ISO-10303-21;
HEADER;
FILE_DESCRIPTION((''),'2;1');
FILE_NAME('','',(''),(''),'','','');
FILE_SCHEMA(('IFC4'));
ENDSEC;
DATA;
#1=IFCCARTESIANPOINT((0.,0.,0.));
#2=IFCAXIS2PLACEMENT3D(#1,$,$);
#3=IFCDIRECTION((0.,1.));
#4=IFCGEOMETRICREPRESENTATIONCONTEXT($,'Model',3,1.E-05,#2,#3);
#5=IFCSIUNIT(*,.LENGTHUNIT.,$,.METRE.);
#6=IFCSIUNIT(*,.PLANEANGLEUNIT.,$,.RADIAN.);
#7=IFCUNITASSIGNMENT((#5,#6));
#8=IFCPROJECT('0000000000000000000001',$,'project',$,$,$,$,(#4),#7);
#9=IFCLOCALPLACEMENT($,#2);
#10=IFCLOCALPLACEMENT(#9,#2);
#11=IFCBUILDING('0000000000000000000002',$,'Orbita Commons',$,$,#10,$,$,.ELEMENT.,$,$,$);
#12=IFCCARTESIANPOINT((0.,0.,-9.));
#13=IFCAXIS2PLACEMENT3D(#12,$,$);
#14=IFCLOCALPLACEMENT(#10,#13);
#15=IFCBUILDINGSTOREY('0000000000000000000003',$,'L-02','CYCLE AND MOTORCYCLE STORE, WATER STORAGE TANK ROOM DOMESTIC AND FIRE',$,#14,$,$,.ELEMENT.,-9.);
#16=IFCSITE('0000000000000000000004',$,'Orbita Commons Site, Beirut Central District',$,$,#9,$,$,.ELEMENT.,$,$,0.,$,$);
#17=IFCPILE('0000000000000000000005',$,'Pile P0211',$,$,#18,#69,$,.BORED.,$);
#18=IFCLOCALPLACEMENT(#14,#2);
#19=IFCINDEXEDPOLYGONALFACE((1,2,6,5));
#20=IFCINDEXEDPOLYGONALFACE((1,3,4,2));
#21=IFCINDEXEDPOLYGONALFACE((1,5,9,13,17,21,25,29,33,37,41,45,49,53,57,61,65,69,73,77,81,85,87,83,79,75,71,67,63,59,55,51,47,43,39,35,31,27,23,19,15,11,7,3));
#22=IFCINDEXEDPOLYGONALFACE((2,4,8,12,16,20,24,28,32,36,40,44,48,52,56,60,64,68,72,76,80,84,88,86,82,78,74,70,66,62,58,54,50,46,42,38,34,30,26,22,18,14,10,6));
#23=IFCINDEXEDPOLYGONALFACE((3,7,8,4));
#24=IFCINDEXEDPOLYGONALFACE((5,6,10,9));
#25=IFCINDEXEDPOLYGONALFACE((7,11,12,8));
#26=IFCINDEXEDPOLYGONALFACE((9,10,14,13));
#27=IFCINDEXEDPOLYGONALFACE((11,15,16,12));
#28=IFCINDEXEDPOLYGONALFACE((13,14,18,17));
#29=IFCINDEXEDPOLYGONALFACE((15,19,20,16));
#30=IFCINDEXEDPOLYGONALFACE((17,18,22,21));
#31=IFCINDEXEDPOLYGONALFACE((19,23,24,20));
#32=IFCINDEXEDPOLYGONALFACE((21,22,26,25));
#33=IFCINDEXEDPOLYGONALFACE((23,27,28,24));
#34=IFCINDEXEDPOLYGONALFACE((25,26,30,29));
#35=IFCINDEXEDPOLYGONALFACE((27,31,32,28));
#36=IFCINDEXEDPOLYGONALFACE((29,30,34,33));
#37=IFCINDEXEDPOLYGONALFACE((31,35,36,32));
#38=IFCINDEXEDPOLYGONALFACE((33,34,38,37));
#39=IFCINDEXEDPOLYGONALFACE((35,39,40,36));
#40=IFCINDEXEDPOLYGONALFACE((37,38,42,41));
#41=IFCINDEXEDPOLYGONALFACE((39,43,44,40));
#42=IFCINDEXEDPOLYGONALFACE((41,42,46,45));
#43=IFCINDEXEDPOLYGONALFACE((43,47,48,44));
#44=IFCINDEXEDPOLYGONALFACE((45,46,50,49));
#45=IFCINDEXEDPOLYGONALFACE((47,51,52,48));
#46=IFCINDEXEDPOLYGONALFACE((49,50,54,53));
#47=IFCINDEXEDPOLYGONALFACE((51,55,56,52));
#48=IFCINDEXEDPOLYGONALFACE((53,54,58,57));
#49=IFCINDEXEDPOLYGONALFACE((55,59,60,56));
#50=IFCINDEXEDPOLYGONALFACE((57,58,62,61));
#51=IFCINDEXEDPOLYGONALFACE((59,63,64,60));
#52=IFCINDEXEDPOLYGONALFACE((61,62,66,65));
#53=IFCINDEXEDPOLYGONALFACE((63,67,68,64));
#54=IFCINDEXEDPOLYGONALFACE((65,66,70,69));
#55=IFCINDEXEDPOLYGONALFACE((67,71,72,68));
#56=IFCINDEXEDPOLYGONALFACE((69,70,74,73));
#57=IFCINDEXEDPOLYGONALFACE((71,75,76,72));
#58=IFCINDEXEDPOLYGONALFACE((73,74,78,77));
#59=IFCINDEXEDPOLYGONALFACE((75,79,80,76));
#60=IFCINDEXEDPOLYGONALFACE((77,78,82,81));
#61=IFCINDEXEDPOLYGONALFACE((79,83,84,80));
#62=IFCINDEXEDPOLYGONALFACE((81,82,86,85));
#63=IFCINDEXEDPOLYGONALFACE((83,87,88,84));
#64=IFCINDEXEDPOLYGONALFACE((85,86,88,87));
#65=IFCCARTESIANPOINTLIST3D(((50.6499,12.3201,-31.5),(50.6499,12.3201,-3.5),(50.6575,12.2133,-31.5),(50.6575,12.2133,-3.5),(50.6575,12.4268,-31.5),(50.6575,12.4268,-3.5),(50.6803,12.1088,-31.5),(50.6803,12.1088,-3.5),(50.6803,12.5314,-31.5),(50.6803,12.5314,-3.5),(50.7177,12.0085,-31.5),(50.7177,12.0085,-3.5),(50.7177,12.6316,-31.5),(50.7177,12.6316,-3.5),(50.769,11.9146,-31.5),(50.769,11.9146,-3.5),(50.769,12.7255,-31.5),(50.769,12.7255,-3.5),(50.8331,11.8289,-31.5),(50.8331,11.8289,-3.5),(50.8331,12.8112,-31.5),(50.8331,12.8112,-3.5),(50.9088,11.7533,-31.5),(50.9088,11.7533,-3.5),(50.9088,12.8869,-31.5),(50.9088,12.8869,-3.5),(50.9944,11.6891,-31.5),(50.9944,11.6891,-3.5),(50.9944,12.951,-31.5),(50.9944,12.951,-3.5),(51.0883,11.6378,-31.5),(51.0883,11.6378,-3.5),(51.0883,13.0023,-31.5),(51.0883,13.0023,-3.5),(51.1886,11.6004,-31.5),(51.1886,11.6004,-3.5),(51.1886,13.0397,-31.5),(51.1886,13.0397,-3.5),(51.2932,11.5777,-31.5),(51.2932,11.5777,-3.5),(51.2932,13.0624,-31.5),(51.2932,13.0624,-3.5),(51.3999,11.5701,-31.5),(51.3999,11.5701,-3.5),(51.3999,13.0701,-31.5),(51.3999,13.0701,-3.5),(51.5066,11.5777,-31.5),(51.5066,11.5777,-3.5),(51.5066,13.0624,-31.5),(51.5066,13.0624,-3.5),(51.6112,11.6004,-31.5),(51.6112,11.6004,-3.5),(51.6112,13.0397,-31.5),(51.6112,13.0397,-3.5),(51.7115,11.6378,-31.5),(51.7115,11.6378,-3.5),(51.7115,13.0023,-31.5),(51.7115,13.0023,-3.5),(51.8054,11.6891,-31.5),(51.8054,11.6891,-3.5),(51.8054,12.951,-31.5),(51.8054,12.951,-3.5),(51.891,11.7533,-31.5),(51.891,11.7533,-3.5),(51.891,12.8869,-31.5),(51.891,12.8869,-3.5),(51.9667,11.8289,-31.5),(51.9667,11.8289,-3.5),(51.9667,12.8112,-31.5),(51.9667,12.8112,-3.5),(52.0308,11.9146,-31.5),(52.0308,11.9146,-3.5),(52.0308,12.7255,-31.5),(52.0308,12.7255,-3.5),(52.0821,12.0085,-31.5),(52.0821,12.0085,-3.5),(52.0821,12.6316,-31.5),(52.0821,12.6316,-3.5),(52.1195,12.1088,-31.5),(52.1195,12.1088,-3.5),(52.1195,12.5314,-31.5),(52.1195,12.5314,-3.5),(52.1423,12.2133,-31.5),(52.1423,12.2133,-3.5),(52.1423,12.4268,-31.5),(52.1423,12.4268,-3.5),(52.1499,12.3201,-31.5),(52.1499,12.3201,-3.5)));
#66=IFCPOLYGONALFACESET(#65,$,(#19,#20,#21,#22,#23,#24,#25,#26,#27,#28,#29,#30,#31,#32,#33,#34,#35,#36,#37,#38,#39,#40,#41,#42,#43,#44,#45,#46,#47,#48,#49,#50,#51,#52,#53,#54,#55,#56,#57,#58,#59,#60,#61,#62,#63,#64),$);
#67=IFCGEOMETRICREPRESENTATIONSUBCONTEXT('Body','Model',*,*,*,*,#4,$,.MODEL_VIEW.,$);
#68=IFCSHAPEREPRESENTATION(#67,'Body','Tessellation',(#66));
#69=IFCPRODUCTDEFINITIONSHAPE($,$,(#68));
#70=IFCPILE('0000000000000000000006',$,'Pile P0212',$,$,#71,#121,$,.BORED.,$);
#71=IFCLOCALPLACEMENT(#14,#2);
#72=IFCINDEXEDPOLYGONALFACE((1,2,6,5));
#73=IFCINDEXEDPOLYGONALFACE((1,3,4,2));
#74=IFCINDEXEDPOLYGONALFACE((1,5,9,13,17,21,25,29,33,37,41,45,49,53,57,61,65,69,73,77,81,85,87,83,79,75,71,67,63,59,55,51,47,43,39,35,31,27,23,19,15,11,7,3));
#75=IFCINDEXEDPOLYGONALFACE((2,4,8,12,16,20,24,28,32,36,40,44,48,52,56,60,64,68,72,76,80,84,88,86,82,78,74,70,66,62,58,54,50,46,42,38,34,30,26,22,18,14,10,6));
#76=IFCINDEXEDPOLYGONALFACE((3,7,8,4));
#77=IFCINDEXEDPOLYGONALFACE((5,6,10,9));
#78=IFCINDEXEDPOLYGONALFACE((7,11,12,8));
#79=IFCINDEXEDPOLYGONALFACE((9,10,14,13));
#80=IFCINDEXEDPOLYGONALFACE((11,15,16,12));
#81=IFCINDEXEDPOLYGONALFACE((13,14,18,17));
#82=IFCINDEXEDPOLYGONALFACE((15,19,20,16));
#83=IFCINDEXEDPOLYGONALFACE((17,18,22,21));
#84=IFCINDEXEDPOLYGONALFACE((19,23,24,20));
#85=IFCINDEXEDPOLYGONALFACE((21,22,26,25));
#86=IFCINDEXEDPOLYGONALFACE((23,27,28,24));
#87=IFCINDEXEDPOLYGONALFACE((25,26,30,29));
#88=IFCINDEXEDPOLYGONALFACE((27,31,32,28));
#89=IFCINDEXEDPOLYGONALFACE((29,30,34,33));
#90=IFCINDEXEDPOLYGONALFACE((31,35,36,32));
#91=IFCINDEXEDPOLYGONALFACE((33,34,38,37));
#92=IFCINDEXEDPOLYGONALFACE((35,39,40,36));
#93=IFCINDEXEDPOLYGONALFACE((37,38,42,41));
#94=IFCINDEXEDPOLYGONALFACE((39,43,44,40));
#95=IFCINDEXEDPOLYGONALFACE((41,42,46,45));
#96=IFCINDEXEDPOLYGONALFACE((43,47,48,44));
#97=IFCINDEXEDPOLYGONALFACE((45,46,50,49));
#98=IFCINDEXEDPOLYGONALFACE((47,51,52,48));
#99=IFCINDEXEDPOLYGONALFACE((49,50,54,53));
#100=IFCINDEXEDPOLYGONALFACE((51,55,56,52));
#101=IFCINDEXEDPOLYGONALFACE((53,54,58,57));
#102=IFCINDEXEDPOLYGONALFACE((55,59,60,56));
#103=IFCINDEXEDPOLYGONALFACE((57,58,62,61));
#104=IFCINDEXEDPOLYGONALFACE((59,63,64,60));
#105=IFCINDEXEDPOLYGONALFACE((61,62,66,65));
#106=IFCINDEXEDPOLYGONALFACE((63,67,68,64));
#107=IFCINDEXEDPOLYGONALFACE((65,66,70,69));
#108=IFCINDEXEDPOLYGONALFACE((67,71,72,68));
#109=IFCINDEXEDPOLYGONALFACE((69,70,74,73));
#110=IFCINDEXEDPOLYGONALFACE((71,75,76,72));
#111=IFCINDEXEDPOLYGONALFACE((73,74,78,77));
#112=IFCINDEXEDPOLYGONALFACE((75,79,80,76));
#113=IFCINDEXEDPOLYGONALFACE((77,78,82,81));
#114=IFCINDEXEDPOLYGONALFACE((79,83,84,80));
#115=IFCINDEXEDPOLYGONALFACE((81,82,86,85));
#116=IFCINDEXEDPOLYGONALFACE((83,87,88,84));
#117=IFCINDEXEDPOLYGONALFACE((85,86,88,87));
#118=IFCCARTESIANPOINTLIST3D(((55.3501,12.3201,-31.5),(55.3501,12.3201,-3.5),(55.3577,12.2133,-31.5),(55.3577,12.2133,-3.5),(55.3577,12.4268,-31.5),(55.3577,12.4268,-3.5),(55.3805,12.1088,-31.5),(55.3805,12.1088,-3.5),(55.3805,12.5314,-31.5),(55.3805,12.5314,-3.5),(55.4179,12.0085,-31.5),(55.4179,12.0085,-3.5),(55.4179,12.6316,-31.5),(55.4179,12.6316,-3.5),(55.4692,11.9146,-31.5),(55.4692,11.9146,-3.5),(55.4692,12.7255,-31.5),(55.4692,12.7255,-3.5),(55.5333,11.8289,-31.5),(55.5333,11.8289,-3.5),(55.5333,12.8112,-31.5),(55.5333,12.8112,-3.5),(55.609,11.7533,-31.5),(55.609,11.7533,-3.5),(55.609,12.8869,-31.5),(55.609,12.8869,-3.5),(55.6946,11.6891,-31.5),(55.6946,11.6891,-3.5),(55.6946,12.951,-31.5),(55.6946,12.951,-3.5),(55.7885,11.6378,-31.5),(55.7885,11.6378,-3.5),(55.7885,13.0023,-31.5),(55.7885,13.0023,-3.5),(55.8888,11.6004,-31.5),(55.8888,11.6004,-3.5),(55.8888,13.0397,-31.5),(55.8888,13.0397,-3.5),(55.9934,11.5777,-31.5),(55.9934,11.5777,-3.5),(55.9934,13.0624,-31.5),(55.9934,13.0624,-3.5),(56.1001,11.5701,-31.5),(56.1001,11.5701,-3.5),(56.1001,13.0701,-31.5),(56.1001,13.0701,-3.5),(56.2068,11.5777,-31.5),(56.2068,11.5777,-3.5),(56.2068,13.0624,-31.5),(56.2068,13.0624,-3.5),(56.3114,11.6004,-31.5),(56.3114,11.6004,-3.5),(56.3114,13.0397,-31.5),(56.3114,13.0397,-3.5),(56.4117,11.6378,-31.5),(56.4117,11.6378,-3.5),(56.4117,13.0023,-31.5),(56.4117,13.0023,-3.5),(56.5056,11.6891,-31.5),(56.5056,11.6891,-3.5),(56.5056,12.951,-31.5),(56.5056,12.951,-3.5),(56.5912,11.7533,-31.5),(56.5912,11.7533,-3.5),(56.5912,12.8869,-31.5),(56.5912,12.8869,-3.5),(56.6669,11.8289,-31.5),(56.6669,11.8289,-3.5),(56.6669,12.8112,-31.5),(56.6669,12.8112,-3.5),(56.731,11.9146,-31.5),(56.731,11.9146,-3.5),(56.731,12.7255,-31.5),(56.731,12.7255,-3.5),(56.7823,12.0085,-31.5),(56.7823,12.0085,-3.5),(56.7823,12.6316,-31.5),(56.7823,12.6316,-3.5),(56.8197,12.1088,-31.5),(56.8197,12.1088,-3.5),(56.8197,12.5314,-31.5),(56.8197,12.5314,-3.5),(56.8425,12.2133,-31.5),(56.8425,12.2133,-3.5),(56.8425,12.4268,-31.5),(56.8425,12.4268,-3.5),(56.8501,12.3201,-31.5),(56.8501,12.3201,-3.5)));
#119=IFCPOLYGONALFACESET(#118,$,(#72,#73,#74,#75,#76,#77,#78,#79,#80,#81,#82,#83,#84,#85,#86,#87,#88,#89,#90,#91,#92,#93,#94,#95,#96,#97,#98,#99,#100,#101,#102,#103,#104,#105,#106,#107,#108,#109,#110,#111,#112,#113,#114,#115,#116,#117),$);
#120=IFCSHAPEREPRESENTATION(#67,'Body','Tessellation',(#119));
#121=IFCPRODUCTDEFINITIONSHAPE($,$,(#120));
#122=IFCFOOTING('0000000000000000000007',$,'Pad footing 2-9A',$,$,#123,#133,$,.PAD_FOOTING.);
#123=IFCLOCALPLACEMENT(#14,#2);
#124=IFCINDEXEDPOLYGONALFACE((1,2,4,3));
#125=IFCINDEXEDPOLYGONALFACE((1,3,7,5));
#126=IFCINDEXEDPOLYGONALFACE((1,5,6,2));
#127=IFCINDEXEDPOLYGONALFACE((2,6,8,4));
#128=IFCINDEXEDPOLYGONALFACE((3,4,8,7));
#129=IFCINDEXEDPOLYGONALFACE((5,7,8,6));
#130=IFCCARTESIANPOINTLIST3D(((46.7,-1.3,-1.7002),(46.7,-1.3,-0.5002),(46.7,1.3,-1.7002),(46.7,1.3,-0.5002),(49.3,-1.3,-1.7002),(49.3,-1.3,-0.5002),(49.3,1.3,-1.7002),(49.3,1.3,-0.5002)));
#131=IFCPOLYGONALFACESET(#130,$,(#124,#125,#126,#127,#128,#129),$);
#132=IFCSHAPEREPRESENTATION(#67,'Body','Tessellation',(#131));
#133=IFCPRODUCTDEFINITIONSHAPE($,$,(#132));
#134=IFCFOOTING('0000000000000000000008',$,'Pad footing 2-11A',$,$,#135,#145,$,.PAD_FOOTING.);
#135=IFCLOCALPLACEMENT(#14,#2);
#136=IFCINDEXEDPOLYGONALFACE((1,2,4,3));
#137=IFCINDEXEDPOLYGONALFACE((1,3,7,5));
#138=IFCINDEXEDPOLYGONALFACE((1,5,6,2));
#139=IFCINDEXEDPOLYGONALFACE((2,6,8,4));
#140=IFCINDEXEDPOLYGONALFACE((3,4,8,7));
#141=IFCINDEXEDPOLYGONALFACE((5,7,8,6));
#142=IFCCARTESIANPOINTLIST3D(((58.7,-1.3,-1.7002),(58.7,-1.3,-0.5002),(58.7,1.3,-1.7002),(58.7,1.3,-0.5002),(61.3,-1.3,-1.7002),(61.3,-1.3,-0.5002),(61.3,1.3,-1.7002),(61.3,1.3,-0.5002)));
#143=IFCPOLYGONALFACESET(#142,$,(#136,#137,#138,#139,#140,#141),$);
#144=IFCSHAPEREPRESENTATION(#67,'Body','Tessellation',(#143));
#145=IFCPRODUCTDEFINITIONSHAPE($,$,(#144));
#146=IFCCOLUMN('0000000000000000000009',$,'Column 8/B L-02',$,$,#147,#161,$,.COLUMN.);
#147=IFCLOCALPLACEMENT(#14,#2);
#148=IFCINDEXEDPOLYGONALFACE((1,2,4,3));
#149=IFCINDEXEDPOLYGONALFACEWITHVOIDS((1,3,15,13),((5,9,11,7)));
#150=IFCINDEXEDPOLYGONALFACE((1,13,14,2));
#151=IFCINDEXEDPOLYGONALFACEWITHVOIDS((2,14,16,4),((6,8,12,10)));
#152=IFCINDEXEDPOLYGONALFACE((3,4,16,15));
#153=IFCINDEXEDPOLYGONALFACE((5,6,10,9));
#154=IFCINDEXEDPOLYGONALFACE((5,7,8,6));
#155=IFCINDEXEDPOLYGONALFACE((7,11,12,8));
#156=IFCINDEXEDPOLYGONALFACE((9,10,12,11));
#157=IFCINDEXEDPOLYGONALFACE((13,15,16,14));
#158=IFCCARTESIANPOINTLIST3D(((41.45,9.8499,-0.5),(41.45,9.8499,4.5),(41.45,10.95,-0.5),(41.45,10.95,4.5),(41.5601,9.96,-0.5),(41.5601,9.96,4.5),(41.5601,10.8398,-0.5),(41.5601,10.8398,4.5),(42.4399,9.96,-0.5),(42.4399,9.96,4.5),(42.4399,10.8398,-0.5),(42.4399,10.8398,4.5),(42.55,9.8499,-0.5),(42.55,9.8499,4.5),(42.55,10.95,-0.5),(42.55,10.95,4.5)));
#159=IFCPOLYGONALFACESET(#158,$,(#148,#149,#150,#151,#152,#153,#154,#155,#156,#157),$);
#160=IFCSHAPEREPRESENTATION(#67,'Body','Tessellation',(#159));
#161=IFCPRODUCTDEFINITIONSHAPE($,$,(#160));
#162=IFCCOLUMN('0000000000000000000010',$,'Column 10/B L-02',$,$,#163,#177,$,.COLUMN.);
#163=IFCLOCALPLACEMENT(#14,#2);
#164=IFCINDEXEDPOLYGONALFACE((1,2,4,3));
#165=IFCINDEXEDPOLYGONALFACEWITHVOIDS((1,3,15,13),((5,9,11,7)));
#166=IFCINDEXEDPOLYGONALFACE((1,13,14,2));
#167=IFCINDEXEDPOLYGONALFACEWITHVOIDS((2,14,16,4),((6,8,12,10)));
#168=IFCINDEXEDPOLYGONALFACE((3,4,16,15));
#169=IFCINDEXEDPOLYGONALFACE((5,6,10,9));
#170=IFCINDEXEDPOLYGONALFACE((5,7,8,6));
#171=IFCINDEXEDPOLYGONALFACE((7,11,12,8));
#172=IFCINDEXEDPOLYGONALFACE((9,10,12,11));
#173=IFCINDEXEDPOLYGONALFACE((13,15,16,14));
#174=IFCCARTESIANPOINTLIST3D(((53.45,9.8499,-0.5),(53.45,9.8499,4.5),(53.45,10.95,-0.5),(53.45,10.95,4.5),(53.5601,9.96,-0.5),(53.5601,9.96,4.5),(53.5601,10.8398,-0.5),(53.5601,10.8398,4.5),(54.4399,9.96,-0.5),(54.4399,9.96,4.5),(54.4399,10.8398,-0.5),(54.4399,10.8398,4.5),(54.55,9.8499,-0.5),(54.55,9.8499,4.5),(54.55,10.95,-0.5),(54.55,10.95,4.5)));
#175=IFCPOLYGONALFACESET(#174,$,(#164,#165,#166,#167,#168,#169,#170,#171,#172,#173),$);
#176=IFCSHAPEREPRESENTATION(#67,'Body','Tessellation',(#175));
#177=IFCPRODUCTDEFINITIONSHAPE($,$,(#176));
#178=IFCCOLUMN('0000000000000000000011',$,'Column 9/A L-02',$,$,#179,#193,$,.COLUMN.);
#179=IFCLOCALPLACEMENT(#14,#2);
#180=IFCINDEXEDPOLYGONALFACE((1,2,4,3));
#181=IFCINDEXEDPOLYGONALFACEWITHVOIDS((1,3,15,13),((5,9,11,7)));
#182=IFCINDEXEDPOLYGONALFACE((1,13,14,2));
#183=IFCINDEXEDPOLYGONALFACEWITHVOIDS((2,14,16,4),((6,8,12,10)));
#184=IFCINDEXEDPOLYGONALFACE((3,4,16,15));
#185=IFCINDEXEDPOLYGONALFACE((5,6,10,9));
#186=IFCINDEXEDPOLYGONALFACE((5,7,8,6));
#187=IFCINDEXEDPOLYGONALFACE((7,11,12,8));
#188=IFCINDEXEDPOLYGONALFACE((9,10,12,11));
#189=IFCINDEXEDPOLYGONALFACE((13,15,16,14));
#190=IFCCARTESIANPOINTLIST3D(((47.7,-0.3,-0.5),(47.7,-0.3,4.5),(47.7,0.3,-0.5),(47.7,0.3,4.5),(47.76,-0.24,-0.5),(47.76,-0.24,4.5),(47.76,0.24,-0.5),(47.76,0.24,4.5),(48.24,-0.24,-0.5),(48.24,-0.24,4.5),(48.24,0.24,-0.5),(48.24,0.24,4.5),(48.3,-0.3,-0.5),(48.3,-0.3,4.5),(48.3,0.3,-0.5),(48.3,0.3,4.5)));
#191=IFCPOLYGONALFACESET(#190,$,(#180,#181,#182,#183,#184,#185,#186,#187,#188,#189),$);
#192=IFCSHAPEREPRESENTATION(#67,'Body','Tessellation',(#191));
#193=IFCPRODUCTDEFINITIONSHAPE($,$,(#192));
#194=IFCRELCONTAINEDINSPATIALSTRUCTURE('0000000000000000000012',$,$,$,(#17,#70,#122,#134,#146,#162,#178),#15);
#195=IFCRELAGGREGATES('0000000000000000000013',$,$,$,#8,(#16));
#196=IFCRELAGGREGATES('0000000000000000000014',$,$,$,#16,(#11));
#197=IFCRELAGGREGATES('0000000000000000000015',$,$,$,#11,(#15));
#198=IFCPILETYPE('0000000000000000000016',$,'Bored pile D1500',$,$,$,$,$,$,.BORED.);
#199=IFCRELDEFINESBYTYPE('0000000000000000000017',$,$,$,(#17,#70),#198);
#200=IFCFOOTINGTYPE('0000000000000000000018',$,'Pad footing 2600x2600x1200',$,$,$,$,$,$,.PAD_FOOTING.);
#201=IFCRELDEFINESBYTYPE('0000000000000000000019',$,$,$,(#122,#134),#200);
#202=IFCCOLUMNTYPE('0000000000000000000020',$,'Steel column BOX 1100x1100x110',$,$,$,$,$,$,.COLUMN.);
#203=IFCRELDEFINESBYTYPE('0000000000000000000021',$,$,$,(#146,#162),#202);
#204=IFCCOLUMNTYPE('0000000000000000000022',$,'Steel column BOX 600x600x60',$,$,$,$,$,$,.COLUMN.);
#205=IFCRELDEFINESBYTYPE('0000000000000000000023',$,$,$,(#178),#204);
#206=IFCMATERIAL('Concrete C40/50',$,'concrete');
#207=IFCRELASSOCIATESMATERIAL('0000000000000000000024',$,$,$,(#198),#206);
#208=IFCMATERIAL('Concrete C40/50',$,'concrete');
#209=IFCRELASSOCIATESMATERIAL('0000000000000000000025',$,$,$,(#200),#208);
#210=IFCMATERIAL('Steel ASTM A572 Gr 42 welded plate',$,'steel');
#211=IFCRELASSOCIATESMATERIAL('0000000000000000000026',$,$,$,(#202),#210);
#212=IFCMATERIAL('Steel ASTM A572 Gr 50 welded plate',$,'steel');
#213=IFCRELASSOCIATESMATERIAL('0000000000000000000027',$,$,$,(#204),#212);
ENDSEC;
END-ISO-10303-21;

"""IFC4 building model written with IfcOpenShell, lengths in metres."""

from ifc_helpers import new_model, si_unit, direction, frame, origin, origin_2d, place, context, subcontext, project, spatial, rectangle, hollow_rectangle, circle, extrude, material, material_profile, profile_set, type_object, element, save


model = new_model("IFC4")

# Units and contexts
model_context = context("Model", 3, precision=1e-05, world=origin(), true_north=direction((0.0, 1.0)))
body_context = subcontext(model_context, "Body", "Model", "MODEL_VIEW")
ifc_project = project(units=[si_unit("LENGTHUNIT", "METRE"), si_unit("PLANEANGLEUNIT", "RADIAN")], contexts=[model_context])

# Site, building, storey
site_placement = place(None, origin())
site = spatial("IfcSite", under=ifc_project, at=site_placement, Name="Orbita Commons Site, Beirut Central District", CompositionType="ELEMENT", RefElevation=0.0)
building_placement = place(site_placement, origin())
building = spatial("IfcBuilding", under=site, at=building_placement, Name="Orbita Commons", CompositionType="ELEMENT")
storey_placement = place(building_placement, frame((0.0, 0.0, -9.0)))
storey = spatial("IfcBuildingStorey", under=building, at=storey_placement, Name="L-02", Description="CYCLE AND MOTORCYCLE STORE, WATER STORAGE TANK ROOM DOMESTIC AND FIRE", CompositionType="ELEMENT", Elevation=-9.0)

# Piles
ifc_material_1 = material(Name="Concrete C40/50", Category="concrete")
ifc_material_profile_1 = material_profile(ifc_material_1, circle(Radius=0.75, at=origin_2d()), Name="RC D1500")
ifc_profile_set_1 = profile_set([ifc_material_profile_1], Name="Concrete C40/50")
pile_type = type_object("IfcPileType", Name="Bored pile D1500", PredefinedType="BORED", material=ifc_profile_set_1)
for number, where, z_axis, x_axis, name in (
    (1, (51.3999, 12.3201, -3.5), (0.0, 0.0, -1.0), (1.0, 0.0, 0.0), "Pile P0211"),
    (2, (56.1001, 12.3201, -3.5), (0.0, 0.0, -1.0), (1.0, 0.0, 0.0), "Pile P0212"),
):
    element("IfcPile", number, at=place(storey_placement, frame(where, z_axis=z_axis, x_axis=x_axis)), inside=storey, type_object=pile_type, Name=name, PredefinedType="BORED", context=body_context, shape_type="SweptSolid", body=[
        extrude(circle(Radius=0.75, at=origin_2d()), origin(), (0.0, 0.0, 1.0), 28.0),
    ])

# Footings
ifc_material_2 = material(Name="Concrete C40/50", Category="concrete")
footing_type = type_object("IfcFootingType", Name="Pad footing 2600x2600x1200", PredefinedType="PAD_FOOTING", material=ifc_material_2)
for number, where, z_axis, x_axis, name in (
    (3, (48.0, 0.0, -1.7002), (0.0, 0.0, 1.0), (1.0, 0.0, 0.0), "Pad footing 2-9A"),
    (4, (60.0, 0.0, -1.7002), (0.0, 0.0, 1.0), (1.0, 0.0, 0.0), "Pad footing 2-11A"),
):
    element("IfcFooting", number, at=place(storey_placement, frame(where, z_axis=z_axis, x_axis=x_axis)), inside=storey, type_object=footing_type, Name=name, PredefinedType="PAD_FOOTING", context=body_context, shape_type="SweptSolid", body=[
        extrude(rectangle(XDim=2.6001, YDim=2.6001, at=origin_2d()), origin(), (0.0, 0.0, 1.0), 1.2),
    ])

# Columns
ifc_material_3 = material(Name="Steel ASTM A572 Gr 42 welded plate", Category="steel")
ifc_material_profile_2 = material_profile(ifc_material_3, hollow_rectangle(XDim=1.1001, YDim=1.1001, WallThickness=0.1101, at=origin_2d()), Name="BOX 1100x1100x110")
ifc_profile_set_2 = profile_set([ifc_material_profile_2], Name="Steel ASTM A572 Gr 42 welded plate")
column_type_1 = type_object("IfcColumnType", Name="Steel column BOX 1100x1100x110", PredefinedType="COLUMN", material=ifc_profile_set_2)
for number, where, z_axis, x_axis, name in (
    (5, (42.0, 10.3999, -0.5), (0.0, 0.0, 1.0), (1.0, 0.0, 0.0), "Column 8/B L-02"),
    (6, (54.0, 10.3999, -0.5), (0.0, 0.0, 1.0), (1.0, 0.0, 0.0), "Column 10/B L-02"),
):
    element("IfcColumn", number, at=place(storey_placement, frame(where, z_axis=z_axis, x_axis=x_axis)), inside=storey, type_object=column_type_1, Name=name, PredefinedType="COLUMN", context=body_context, shape_type="SweptSolid", body=[
        extrude(hollow_rectangle(XDim=1.1001, YDim=1.1001, WallThickness=0.1101, at=origin_2d()), origin(), (0.0, 0.0, 1.0), 5.0),
    ])
ifc_material_4 = material(Name="Steel ASTM A572 Gr 50 welded plate", Category="steel")
ifc_material_profile_3 = material_profile(ifc_material_4, hollow_rectangle(XDim=0.6001, YDim=0.6001, WallThickness=0.0601, at=origin_2d()), Name="BOX 600x600x60")
ifc_profile_set_3 = profile_set([ifc_material_profile_3], Name="Steel ASTM A572 Gr 50 welded plate")
column_type_2 = type_object("IfcColumnType", Name="Steel column BOX 600x600x60", PredefinedType="COLUMN", material=ifc_profile_set_3)
for number, where, z_axis, x_axis, name in (
    (7, (48.0, 0.0, -0.5), (0.0, 0.0, 1.0), (1.0, 0.0, 0.0), "Column 9/A L-02"),
):
    element("IfcColumn", number, at=place(storey_placement, frame(where, z_axis=z_axis, x_axis=x_axis)), inside=storey, type_object=column_type_2, Name=name, PredefinedType="COLUMN", context=body_context, shape_type="SweptSolid", body=[
        extrude(hollow_rectangle(XDim=0.6001, YDim=0.6001, WallThickness=0.0601, at=origin_2d()), origin(), (0.0, 0.0, 1.0), 5.0),
    ])

save(model, "model.ifc")
